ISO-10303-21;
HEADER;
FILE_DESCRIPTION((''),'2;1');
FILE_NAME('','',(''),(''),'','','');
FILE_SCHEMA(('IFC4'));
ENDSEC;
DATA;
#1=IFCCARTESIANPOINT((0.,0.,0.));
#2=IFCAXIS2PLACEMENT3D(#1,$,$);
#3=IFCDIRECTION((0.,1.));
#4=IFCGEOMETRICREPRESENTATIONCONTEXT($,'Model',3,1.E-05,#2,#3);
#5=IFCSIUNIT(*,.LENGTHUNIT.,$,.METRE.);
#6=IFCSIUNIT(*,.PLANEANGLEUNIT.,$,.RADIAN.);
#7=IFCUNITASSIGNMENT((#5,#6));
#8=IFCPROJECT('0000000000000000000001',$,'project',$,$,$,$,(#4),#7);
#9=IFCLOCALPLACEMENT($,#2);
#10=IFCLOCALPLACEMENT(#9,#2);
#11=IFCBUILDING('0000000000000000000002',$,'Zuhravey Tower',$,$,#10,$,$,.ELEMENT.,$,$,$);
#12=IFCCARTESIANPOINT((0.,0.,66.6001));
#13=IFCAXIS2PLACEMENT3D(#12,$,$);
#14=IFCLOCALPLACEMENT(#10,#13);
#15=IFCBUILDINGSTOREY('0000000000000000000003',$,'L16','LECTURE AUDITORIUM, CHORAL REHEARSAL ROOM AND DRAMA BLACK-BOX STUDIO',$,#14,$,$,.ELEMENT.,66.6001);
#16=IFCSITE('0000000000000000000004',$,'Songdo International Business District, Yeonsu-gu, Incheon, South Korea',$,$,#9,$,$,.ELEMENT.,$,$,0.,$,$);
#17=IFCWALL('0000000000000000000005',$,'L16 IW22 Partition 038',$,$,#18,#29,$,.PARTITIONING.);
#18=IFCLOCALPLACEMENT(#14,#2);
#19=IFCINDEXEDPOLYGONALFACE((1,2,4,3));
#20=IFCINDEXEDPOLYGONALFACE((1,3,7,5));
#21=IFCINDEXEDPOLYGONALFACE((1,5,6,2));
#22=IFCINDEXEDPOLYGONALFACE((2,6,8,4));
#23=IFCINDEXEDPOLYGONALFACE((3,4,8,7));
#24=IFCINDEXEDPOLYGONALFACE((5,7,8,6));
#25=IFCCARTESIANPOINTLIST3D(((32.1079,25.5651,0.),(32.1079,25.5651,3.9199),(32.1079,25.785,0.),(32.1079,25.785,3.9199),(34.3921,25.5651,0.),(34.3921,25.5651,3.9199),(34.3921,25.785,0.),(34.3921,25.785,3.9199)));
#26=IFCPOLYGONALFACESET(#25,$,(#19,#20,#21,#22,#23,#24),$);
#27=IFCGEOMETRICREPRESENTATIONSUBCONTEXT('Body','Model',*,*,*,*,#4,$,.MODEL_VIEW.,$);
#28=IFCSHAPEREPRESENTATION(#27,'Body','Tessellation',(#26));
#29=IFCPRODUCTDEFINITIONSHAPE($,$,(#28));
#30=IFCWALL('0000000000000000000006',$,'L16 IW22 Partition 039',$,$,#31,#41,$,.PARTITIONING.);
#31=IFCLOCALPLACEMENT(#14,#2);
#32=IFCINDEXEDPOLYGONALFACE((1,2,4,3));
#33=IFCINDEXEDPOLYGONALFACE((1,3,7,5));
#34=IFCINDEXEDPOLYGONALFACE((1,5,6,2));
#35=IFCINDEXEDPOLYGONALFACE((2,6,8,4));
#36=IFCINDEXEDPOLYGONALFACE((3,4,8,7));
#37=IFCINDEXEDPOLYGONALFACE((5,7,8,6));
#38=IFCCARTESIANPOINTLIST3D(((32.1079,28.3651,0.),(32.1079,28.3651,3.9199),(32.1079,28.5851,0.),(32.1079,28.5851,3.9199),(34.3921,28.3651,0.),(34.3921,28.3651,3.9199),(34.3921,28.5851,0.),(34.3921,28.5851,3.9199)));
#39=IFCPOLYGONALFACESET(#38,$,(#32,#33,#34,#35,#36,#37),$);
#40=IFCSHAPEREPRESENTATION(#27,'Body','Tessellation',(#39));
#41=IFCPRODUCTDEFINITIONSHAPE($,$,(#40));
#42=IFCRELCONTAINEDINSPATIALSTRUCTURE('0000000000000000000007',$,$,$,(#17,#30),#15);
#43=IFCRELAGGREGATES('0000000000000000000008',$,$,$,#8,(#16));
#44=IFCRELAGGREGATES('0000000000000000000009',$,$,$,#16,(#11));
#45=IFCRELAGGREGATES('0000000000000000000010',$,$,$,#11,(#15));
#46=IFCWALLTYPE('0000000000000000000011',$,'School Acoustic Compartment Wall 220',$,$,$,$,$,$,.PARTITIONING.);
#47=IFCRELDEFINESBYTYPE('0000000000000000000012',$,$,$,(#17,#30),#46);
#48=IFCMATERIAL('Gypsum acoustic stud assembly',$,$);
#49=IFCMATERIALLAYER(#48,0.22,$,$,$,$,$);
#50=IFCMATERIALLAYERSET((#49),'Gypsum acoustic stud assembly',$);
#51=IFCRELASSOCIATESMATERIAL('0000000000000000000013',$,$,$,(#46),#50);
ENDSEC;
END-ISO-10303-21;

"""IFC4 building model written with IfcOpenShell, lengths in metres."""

from ifc_helpers import new_model, si_unit, direction, frame, frame_2d, origin, place, context, subcontext, project, spatial, rectangle, extrude, material, layer, layer_set, type_object, element, save


model = new_model("IFC4")

# Units and contexts
model_context = context("Model", 3, precision=1e-05, world=origin(), true_north=direction((0.0, 1.0)))
body_context = subcontext(model_context, "Body", "Model", "MODEL_VIEW")
ifc_project = project(units=[si_unit("LENGTHUNIT", "METRE"), si_unit("PLANEANGLEUNIT", "RADIAN")], contexts=[model_context])

# Site, building, storey
site_placement = place(None, origin())
site = spatial("IfcSite", under=ifc_project, at=site_placement, Name="Songdo International Business District, Yeonsu-gu, Incheon, South Korea", CompositionType="ELEMENT", RefElevation=0.0)
building_placement = place(site_placement, origin())
building = spatial("IfcBuilding", under=site, at=building_placement, Name="Zuhravey Tower", CompositionType="ELEMENT")
storey_placement = place(building_placement, frame((0.0, 0.0, 66.6001)))
storey = spatial("IfcBuildingStorey", under=building, at=storey_placement, Name="L16", Description="LECTURE AUDITORIUM, CHORAL REHEARSAL ROOM AND DRAMA BLACK-BOX STUDIO", CompositionType="ELEMENT", Elevation=66.6001)

# Walls
ifc_material_1 = material(Name="Gypsum acoustic stud assembly")
ifc_layer_1 = layer(ifc_material_1, 0.22)
ifc_layer_set_1 = layer_set([ifc_layer_1], Name="Gypsum acoustic stud assembly")
wall_type_1 = type_object("IfcWallType", Name="School Acoustic Compartment Wall 220", PredefinedType="PARTITIONING", material=ifc_layer_set_1)
for number, where, z_axis, x_axis, name in (
    (1, (32.1079, 25.675, 0.0), (0.0, 0.0, 1.0), (1.0, 0.0, 0.0), "L16 IW22 Partition 038"),
    (2, (32.1079, 28.4751, 0.0), (0.0, 0.0, 1.0), (1.0, 0.0, 0.0), "L16 IW22 Partition 039"),
):
    element("IfcWall", number, at=place(storey_placement, frame(where, z_axis=z_axis, x_axis=x_axis)), inside=storey, type_object=wall_type_1, Name=name, PredefinedType="PARTITIONING", context=body_context, shape_type="SweptSolid", body=[
        extrude(rectangle(XDim=2.2842, YDim=0.22, at=frame_2d((1.1421, 0.0))), origin(), (0.0, 0.0, 1.0), 3.9199),
    ])

save(model, "model.ifc")
